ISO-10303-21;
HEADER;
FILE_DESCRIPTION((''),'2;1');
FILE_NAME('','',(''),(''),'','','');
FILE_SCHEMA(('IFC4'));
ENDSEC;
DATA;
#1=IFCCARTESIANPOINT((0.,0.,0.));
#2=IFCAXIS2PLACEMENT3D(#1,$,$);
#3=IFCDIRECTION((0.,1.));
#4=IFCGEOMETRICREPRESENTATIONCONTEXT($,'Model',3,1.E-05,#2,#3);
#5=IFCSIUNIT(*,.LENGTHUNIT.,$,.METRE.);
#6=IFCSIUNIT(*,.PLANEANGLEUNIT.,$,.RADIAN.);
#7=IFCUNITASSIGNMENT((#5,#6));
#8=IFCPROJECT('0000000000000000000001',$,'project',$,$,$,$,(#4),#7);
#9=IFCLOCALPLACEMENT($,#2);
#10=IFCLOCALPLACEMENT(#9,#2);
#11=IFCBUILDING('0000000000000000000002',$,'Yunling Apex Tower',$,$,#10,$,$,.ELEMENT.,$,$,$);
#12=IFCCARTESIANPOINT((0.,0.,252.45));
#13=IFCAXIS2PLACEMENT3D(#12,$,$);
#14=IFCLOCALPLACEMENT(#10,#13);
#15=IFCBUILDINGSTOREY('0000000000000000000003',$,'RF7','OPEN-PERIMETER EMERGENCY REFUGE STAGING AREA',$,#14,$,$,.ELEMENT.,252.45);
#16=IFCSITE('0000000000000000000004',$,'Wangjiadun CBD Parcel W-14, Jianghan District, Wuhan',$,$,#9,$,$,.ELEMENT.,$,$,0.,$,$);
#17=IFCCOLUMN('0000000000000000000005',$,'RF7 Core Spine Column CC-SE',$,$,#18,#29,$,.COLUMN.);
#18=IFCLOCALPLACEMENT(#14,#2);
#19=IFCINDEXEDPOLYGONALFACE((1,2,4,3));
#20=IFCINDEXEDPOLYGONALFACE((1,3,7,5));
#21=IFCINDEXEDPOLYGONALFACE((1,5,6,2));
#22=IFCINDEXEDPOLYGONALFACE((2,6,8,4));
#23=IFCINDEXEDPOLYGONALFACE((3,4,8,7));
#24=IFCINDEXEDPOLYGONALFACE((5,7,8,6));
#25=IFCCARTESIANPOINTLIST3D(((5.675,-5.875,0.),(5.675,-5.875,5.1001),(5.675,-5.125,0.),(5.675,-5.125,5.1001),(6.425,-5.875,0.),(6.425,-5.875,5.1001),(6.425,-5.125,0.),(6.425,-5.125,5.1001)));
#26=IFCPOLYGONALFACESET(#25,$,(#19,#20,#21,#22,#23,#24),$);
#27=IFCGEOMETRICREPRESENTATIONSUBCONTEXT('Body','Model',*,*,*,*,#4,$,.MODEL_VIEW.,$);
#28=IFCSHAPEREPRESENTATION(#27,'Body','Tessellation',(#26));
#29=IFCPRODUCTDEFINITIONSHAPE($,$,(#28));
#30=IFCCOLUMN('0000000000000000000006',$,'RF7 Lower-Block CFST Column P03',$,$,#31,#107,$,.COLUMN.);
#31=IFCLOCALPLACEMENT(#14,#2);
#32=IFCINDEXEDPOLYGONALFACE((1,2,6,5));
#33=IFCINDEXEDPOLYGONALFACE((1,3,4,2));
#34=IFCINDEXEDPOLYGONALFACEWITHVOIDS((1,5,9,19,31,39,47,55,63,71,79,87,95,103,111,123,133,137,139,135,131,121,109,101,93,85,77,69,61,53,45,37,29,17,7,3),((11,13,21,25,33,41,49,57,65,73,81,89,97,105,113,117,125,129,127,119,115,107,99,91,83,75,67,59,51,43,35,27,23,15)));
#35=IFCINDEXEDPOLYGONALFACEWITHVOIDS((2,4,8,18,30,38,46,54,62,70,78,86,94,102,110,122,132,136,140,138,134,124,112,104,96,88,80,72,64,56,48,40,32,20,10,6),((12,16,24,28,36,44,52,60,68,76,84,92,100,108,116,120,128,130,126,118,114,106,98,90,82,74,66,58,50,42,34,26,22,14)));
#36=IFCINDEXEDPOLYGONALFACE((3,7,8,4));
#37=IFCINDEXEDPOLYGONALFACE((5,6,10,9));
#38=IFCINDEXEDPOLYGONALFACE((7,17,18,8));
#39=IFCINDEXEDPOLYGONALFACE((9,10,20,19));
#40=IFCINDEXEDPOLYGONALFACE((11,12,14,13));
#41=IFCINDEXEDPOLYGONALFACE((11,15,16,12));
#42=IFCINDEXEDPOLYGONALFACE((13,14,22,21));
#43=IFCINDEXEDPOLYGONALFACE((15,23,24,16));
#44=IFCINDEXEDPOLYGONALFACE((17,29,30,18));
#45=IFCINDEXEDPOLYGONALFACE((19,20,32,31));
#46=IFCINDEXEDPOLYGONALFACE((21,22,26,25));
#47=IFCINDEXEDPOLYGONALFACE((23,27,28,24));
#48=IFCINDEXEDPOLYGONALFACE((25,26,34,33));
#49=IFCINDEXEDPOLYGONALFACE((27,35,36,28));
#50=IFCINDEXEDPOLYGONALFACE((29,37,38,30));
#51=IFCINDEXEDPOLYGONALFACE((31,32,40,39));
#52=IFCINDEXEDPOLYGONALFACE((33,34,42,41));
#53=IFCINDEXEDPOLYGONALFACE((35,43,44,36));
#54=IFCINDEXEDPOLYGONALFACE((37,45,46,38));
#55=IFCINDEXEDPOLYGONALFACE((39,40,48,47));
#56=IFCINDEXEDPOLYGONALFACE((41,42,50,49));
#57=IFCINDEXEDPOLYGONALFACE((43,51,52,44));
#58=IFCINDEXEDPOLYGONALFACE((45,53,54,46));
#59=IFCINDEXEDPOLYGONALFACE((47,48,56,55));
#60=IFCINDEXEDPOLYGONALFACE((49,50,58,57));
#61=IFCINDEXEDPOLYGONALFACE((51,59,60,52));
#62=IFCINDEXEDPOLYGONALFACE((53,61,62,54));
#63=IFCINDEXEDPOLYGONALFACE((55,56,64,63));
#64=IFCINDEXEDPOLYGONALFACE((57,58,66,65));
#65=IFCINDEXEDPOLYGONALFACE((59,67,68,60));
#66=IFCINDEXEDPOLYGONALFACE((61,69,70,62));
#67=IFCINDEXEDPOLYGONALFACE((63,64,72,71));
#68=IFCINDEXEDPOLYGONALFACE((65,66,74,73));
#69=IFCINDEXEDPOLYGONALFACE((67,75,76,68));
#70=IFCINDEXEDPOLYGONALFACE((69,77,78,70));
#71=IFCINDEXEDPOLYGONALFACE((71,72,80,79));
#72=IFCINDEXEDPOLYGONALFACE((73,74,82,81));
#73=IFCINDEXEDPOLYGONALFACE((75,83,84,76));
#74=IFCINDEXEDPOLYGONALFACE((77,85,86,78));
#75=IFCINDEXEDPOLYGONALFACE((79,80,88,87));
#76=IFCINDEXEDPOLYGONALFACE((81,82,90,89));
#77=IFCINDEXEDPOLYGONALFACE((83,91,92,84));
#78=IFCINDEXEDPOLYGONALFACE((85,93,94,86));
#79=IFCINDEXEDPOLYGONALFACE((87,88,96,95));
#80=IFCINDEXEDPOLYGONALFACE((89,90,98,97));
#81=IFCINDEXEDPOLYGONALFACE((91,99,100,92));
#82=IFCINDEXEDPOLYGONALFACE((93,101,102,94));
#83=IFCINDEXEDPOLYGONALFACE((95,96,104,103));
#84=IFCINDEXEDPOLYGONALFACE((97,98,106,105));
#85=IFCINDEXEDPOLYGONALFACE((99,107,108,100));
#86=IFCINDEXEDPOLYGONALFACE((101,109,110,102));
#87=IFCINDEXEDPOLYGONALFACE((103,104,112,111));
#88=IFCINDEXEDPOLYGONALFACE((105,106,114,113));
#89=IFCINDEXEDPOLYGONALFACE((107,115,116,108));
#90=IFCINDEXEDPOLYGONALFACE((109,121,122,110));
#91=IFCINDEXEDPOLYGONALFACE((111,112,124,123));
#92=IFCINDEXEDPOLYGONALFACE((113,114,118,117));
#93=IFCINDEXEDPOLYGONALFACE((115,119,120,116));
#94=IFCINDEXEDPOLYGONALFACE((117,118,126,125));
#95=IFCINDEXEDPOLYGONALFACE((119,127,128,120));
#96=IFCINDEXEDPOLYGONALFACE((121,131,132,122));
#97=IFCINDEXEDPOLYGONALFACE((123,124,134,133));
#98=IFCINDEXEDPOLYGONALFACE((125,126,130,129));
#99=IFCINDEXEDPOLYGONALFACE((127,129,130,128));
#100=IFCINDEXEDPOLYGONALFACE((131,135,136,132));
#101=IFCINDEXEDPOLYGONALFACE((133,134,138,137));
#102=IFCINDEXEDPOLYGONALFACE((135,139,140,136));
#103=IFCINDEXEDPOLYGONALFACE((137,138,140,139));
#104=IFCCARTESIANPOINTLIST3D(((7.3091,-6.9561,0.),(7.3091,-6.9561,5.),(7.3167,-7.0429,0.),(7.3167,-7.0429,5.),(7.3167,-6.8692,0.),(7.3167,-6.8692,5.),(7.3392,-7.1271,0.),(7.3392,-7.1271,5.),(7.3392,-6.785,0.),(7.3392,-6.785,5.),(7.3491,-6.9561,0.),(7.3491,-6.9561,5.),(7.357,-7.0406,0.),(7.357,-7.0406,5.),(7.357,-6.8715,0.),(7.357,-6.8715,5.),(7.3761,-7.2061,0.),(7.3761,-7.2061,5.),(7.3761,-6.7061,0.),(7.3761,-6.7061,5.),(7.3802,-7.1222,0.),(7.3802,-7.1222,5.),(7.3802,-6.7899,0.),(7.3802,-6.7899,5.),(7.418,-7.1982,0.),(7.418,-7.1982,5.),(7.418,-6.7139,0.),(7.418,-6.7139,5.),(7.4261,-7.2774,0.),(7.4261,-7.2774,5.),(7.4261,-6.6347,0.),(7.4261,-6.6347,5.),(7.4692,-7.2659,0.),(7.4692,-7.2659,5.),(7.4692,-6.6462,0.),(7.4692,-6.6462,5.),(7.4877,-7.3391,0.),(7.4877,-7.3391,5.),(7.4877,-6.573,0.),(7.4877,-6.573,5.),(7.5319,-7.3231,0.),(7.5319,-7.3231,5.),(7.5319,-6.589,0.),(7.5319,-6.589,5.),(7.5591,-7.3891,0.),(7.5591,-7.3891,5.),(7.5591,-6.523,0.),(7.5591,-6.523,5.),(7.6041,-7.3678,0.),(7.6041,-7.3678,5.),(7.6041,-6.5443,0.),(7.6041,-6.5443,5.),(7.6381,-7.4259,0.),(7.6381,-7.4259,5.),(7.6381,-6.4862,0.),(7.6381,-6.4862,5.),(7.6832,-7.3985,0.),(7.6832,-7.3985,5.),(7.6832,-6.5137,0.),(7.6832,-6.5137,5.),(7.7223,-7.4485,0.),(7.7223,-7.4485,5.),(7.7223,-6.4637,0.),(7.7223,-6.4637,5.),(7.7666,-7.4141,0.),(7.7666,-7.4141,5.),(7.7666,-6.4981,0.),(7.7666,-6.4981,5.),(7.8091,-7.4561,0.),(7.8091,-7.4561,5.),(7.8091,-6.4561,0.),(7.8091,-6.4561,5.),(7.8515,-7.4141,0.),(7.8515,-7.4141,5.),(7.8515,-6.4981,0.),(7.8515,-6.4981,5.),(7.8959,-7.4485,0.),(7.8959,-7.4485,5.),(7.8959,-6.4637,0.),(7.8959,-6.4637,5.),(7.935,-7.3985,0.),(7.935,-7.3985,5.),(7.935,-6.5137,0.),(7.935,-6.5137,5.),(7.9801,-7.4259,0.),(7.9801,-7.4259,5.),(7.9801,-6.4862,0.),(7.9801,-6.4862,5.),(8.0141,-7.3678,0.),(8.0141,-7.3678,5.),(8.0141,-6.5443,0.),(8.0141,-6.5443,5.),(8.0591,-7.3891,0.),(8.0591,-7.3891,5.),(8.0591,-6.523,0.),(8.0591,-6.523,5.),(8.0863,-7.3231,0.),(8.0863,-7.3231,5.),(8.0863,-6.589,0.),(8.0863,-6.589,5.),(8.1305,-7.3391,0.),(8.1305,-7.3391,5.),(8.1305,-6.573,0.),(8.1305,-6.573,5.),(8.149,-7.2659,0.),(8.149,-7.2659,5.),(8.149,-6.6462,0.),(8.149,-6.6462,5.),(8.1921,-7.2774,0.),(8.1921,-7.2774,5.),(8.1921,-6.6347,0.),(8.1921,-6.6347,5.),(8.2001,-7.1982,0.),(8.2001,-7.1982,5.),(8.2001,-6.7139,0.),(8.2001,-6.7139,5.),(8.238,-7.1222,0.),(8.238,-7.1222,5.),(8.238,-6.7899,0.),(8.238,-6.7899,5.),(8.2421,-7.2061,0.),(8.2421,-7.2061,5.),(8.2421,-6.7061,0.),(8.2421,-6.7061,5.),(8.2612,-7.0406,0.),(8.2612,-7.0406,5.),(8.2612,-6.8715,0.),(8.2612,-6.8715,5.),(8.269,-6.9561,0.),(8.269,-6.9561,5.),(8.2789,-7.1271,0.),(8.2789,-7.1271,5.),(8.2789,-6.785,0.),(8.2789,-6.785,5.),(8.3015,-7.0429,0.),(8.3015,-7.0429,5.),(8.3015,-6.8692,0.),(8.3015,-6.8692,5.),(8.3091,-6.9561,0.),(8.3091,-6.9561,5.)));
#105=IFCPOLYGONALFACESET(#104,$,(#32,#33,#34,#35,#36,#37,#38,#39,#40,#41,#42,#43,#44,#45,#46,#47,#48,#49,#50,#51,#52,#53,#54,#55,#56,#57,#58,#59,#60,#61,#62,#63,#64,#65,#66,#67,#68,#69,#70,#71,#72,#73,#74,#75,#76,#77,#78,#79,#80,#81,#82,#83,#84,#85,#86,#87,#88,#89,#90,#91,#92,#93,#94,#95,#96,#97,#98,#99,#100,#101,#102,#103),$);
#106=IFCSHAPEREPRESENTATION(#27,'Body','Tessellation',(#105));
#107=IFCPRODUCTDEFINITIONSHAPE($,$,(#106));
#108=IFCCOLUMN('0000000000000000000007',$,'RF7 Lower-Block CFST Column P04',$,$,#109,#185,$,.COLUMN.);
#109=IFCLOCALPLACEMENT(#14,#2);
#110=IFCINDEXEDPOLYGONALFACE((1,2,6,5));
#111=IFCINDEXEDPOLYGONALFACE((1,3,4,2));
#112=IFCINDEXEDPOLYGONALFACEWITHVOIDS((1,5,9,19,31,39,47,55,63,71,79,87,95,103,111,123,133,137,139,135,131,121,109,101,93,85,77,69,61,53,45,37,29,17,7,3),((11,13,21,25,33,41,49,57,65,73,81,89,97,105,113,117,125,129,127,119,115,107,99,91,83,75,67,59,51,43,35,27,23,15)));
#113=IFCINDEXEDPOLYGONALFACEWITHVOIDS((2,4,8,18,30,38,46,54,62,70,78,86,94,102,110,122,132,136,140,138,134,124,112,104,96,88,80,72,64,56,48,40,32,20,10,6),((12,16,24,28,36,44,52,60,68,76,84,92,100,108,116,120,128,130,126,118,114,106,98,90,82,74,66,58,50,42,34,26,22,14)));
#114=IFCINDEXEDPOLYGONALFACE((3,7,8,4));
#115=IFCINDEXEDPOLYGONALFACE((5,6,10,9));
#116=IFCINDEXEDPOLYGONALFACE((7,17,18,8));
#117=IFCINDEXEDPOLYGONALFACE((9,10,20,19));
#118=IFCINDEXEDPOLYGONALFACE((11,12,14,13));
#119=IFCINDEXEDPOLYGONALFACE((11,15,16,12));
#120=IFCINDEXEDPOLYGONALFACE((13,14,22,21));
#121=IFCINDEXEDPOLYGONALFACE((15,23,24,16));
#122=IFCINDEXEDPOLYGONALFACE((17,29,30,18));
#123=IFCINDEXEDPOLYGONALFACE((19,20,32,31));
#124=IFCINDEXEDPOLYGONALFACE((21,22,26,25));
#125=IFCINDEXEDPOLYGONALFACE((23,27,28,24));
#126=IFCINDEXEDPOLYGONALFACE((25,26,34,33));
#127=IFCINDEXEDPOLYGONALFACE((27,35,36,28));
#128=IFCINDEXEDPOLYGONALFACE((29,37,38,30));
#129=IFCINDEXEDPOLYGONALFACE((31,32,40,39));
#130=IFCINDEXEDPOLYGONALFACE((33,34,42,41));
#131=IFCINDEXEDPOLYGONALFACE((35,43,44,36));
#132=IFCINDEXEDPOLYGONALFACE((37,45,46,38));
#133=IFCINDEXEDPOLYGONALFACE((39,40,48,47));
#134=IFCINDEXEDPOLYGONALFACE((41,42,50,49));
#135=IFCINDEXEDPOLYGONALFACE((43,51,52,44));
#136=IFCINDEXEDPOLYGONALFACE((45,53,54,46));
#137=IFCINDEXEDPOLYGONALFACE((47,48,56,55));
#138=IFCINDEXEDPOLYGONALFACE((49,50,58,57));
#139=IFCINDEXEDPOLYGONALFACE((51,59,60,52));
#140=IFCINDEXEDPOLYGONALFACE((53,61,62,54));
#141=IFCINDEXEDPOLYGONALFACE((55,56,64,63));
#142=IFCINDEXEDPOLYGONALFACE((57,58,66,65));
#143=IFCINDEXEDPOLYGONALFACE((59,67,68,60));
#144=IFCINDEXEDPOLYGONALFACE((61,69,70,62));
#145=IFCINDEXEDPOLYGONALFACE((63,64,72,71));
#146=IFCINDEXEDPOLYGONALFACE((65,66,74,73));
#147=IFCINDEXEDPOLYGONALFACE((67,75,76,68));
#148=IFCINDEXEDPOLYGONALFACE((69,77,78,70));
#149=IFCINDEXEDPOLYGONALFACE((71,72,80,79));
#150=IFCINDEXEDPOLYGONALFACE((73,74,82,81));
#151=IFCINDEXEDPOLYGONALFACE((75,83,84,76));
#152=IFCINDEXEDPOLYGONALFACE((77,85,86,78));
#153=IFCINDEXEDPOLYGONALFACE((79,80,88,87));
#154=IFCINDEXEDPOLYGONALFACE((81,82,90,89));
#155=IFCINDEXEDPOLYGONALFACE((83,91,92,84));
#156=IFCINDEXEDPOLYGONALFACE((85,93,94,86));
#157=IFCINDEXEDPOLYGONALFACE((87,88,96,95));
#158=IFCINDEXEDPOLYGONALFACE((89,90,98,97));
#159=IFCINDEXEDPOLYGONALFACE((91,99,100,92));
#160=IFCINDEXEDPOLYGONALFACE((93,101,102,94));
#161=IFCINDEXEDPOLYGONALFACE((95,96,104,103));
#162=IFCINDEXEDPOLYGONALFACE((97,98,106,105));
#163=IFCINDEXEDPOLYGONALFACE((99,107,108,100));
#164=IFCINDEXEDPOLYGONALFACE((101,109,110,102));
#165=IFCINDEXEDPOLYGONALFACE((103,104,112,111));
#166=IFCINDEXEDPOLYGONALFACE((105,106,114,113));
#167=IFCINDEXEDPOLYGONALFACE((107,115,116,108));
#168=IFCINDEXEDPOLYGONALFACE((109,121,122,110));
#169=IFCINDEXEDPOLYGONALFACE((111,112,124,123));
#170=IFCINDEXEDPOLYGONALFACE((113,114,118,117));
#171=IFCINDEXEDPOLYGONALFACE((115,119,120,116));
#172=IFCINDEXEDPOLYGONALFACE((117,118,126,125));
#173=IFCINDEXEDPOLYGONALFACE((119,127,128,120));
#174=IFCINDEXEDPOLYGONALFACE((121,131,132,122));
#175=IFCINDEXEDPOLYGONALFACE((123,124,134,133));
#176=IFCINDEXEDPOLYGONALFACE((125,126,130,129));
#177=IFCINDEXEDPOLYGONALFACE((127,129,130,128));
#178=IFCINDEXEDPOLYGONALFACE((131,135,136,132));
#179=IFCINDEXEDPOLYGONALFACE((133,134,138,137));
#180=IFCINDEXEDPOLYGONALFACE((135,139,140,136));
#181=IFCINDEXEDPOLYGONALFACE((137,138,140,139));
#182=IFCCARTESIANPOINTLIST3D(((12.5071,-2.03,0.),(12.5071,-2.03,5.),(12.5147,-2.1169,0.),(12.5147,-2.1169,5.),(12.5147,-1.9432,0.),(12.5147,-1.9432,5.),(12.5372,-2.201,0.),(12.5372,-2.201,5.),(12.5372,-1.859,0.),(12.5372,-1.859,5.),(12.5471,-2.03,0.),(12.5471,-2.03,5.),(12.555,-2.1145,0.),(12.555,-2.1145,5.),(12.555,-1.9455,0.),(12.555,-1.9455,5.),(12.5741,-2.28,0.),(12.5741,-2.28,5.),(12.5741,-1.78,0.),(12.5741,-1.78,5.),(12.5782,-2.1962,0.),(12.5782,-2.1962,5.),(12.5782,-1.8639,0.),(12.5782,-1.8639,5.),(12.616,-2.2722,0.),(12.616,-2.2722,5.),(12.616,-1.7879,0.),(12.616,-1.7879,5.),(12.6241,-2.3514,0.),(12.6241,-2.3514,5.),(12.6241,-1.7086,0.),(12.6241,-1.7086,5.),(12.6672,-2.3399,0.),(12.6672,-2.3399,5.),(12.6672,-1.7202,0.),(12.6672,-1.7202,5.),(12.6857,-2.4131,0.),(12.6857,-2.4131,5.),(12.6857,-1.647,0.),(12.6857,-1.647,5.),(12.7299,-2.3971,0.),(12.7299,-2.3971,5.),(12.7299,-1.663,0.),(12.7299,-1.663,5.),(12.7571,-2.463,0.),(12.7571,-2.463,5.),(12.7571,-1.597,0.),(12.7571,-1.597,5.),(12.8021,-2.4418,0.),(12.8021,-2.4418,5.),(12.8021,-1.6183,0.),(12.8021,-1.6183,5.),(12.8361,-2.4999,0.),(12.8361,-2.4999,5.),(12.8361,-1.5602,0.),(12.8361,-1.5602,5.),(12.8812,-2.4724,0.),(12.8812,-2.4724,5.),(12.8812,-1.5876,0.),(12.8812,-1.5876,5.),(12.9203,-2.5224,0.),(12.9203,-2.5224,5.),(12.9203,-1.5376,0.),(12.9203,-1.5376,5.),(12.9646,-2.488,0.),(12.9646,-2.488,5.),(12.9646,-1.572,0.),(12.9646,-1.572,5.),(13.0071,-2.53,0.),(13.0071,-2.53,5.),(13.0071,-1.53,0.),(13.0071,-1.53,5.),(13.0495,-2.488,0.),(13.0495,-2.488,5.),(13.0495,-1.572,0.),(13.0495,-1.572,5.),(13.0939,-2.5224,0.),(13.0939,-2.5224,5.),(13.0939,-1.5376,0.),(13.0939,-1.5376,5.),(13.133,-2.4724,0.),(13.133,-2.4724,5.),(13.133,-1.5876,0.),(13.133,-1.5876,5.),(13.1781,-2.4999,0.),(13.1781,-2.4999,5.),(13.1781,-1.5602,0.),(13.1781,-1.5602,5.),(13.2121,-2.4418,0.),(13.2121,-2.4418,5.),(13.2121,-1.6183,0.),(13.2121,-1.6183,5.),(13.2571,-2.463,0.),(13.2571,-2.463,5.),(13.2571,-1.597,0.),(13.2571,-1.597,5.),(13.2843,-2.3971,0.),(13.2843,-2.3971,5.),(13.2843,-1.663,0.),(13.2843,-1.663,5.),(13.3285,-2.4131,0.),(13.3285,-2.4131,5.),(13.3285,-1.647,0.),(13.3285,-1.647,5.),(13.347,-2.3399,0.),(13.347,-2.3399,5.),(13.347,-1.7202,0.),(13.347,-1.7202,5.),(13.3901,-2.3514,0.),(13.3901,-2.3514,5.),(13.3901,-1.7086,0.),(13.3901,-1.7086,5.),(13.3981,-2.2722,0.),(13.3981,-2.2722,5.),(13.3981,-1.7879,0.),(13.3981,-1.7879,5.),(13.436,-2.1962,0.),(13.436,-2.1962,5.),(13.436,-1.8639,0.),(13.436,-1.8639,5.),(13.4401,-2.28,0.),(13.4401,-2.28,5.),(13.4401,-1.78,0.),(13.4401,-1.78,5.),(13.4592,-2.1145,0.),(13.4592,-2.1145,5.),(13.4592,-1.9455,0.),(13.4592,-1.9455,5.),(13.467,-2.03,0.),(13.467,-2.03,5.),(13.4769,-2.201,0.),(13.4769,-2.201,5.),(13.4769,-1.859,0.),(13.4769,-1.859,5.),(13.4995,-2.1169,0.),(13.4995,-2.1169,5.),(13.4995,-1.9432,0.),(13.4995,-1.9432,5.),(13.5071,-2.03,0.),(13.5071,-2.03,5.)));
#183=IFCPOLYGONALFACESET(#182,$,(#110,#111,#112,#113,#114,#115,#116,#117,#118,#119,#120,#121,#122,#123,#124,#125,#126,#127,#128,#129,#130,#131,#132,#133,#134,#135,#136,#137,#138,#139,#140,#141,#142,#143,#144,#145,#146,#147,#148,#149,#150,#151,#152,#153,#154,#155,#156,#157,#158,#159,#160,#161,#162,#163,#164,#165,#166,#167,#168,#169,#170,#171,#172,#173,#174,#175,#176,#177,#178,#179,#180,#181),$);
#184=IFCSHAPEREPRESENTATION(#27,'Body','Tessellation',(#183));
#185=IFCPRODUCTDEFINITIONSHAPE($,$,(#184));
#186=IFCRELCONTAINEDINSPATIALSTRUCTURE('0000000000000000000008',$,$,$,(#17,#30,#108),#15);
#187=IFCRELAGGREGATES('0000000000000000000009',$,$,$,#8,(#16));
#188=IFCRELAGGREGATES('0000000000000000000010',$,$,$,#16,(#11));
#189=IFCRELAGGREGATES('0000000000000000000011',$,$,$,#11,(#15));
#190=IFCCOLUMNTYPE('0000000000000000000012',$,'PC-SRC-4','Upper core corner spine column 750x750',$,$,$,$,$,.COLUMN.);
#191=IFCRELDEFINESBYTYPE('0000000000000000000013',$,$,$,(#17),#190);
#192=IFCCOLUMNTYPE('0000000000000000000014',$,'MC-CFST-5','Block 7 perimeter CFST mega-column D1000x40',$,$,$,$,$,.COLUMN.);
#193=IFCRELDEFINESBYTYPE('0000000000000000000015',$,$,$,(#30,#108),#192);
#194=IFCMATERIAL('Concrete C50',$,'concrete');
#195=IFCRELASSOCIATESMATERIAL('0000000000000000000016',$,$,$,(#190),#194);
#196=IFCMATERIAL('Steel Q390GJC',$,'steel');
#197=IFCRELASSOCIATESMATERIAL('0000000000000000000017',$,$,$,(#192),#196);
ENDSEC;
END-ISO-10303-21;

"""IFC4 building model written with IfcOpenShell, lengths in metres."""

from ifc_helpers import new_model, si_unit, direction, frame, origin, origin_2d, place, context, subcontext, project, spatial, rectangle, hollow_circle, extrude, source, transform, mapped, material, material_profile, profile_set, type_object, element, save


model = new_model("IFC4")

# Units and contexts
model_context = context("Model", 3, precision=1e-05, world=origin(), true_north=direction((0.0, 1.0)))
body_context = subcontext(model_context, "Body", "Model", "MODEL_VIEW")
ifc_project = project(units=[si_unit("LENGTHUNIT", "METRE"), si_unit("PLANEANGLEUNIT", "RADIAN")], contexts=[model_context])

# Site, building, storey
site_placement = place(None, origin())
site = spatial("IfcSite", under=ifc_project, at=site_placement, Name="Wangjiadun CBD Parcel W-14, Jianghan District, Wuhan", CompositionType="ELEMENT", RefElevation=0.0)
building_placement = place(site_placement, origin())
building = spatial("IfcBuilding", under=site, at=building_placement, Name="Yunling Apex Tower", CompositionType="ELEMENT")
storey_placement = place(building_placement, frame((0.0, 0.0, 252.45)))
storey = spatial("IfcBuildingStorey", under=building, at=storey_placement, Name="RF7", Description="OPEN-PERIMETER EMERGENCY REFUGE STAGING AREA", CompositionType="ELEMENT", Elevation=252.45)

# Columns
ifc_material_1 = material(Name="Concrete C50", Category="concrete")
ifc_material_profile_1 = material_profile(ifc_material_1, rectangle(XDim=0.75, YDim=0.75, at=origin_2d()))
ifc_profile_set_1 = profile_set([ifc_material_profile_1], Name="Concrete C50")
column_type_1 = type_object("IfcColumnType", Name="PC-SRC-4", Description="Upper core corner spine column 750x750", PredefinedType="COLUMN", material=ifc_profile_set_1)
shared_shape_1 = source(origin(), body_context, "Body", "SweptSolid", [
    extrude(rectangle(XDim=0.75, YDim=0.75, at=origin_2d()), origin(), (0.0, 0.0, 1.0), 5.1001),
])
column_placement = place(storey_placement, frame((6.05, -5.5, 0.0), z_axis=(0.0, 0.0, 1.0), x_axis=(1.0, 0.0, 0.0)))
element("IfcColumn", 1, at=column_placement, inside=storey, type_object=column_type_1, Name="RF7 Core Spine Column CC-SE", PredefinedType="COLUMN", context=body_context, shape_type="MappedRepresentation", body=[
    mapped(shared_shape_1, transform((0.0, 0.0, 0.0), scale=1.0)),
])
ifc_material_2 = material(Name="Steel Q390GJC", Category="steel")
ifc_material_profile_2 = material_profile(ifc_material_2, hollow_circle(Radius=0.5, WallThickness=0.04, at=origin_2d()))
ifc_profile_set_2 = profile_set([ifc_material_profile_2], Name="Steel Q390GJC")
column_type_2 = type_object("IfcColumnType", Name="MC-CFST-5", Description="Block 7 perimeter CFST mega-column D1000x40", PredefinedType="COLUMN", material=ifc_profile_set_2)
shared_shape_2 = source(origin(), body_context, "Body", "SweptSolid", [
    extrude(hollow_circle(Radius=0.5, WallThickness=0.04, at=origin_2d()), origin(), (0.0, 0.0, 1.0), 5.0),
])
for number, where, z_axis, x_axis, name in (
    (2, (7.8091, -6.9561, 0.0), (0.0, 0.0, 1.0), (1.0, 0.0, 0.0), "RF7 Lower-Block CFST Column P03"),
    (3, (13.0071, -2.03, 0.0), (0.0, 0.0, 1.0), (1.0, 0.0, 0.0), "RF7 Lower-Block CFST Column P04"),
):
    element("IfcColumn", number, at=place(storey_placement, frame(where, z_axis=z_axis, x_axis=x_axis)), inside=storey, type_object=column_type_2, Name=name, PredefinedType="COLUMN", context=body_context, shape_type="MappedRepresentation", body=[
        mapped(shared_shape_2, transform((0.0, 0.0, 0.0), scale=1.0)),
    ])

save(model, "model.ifc")
